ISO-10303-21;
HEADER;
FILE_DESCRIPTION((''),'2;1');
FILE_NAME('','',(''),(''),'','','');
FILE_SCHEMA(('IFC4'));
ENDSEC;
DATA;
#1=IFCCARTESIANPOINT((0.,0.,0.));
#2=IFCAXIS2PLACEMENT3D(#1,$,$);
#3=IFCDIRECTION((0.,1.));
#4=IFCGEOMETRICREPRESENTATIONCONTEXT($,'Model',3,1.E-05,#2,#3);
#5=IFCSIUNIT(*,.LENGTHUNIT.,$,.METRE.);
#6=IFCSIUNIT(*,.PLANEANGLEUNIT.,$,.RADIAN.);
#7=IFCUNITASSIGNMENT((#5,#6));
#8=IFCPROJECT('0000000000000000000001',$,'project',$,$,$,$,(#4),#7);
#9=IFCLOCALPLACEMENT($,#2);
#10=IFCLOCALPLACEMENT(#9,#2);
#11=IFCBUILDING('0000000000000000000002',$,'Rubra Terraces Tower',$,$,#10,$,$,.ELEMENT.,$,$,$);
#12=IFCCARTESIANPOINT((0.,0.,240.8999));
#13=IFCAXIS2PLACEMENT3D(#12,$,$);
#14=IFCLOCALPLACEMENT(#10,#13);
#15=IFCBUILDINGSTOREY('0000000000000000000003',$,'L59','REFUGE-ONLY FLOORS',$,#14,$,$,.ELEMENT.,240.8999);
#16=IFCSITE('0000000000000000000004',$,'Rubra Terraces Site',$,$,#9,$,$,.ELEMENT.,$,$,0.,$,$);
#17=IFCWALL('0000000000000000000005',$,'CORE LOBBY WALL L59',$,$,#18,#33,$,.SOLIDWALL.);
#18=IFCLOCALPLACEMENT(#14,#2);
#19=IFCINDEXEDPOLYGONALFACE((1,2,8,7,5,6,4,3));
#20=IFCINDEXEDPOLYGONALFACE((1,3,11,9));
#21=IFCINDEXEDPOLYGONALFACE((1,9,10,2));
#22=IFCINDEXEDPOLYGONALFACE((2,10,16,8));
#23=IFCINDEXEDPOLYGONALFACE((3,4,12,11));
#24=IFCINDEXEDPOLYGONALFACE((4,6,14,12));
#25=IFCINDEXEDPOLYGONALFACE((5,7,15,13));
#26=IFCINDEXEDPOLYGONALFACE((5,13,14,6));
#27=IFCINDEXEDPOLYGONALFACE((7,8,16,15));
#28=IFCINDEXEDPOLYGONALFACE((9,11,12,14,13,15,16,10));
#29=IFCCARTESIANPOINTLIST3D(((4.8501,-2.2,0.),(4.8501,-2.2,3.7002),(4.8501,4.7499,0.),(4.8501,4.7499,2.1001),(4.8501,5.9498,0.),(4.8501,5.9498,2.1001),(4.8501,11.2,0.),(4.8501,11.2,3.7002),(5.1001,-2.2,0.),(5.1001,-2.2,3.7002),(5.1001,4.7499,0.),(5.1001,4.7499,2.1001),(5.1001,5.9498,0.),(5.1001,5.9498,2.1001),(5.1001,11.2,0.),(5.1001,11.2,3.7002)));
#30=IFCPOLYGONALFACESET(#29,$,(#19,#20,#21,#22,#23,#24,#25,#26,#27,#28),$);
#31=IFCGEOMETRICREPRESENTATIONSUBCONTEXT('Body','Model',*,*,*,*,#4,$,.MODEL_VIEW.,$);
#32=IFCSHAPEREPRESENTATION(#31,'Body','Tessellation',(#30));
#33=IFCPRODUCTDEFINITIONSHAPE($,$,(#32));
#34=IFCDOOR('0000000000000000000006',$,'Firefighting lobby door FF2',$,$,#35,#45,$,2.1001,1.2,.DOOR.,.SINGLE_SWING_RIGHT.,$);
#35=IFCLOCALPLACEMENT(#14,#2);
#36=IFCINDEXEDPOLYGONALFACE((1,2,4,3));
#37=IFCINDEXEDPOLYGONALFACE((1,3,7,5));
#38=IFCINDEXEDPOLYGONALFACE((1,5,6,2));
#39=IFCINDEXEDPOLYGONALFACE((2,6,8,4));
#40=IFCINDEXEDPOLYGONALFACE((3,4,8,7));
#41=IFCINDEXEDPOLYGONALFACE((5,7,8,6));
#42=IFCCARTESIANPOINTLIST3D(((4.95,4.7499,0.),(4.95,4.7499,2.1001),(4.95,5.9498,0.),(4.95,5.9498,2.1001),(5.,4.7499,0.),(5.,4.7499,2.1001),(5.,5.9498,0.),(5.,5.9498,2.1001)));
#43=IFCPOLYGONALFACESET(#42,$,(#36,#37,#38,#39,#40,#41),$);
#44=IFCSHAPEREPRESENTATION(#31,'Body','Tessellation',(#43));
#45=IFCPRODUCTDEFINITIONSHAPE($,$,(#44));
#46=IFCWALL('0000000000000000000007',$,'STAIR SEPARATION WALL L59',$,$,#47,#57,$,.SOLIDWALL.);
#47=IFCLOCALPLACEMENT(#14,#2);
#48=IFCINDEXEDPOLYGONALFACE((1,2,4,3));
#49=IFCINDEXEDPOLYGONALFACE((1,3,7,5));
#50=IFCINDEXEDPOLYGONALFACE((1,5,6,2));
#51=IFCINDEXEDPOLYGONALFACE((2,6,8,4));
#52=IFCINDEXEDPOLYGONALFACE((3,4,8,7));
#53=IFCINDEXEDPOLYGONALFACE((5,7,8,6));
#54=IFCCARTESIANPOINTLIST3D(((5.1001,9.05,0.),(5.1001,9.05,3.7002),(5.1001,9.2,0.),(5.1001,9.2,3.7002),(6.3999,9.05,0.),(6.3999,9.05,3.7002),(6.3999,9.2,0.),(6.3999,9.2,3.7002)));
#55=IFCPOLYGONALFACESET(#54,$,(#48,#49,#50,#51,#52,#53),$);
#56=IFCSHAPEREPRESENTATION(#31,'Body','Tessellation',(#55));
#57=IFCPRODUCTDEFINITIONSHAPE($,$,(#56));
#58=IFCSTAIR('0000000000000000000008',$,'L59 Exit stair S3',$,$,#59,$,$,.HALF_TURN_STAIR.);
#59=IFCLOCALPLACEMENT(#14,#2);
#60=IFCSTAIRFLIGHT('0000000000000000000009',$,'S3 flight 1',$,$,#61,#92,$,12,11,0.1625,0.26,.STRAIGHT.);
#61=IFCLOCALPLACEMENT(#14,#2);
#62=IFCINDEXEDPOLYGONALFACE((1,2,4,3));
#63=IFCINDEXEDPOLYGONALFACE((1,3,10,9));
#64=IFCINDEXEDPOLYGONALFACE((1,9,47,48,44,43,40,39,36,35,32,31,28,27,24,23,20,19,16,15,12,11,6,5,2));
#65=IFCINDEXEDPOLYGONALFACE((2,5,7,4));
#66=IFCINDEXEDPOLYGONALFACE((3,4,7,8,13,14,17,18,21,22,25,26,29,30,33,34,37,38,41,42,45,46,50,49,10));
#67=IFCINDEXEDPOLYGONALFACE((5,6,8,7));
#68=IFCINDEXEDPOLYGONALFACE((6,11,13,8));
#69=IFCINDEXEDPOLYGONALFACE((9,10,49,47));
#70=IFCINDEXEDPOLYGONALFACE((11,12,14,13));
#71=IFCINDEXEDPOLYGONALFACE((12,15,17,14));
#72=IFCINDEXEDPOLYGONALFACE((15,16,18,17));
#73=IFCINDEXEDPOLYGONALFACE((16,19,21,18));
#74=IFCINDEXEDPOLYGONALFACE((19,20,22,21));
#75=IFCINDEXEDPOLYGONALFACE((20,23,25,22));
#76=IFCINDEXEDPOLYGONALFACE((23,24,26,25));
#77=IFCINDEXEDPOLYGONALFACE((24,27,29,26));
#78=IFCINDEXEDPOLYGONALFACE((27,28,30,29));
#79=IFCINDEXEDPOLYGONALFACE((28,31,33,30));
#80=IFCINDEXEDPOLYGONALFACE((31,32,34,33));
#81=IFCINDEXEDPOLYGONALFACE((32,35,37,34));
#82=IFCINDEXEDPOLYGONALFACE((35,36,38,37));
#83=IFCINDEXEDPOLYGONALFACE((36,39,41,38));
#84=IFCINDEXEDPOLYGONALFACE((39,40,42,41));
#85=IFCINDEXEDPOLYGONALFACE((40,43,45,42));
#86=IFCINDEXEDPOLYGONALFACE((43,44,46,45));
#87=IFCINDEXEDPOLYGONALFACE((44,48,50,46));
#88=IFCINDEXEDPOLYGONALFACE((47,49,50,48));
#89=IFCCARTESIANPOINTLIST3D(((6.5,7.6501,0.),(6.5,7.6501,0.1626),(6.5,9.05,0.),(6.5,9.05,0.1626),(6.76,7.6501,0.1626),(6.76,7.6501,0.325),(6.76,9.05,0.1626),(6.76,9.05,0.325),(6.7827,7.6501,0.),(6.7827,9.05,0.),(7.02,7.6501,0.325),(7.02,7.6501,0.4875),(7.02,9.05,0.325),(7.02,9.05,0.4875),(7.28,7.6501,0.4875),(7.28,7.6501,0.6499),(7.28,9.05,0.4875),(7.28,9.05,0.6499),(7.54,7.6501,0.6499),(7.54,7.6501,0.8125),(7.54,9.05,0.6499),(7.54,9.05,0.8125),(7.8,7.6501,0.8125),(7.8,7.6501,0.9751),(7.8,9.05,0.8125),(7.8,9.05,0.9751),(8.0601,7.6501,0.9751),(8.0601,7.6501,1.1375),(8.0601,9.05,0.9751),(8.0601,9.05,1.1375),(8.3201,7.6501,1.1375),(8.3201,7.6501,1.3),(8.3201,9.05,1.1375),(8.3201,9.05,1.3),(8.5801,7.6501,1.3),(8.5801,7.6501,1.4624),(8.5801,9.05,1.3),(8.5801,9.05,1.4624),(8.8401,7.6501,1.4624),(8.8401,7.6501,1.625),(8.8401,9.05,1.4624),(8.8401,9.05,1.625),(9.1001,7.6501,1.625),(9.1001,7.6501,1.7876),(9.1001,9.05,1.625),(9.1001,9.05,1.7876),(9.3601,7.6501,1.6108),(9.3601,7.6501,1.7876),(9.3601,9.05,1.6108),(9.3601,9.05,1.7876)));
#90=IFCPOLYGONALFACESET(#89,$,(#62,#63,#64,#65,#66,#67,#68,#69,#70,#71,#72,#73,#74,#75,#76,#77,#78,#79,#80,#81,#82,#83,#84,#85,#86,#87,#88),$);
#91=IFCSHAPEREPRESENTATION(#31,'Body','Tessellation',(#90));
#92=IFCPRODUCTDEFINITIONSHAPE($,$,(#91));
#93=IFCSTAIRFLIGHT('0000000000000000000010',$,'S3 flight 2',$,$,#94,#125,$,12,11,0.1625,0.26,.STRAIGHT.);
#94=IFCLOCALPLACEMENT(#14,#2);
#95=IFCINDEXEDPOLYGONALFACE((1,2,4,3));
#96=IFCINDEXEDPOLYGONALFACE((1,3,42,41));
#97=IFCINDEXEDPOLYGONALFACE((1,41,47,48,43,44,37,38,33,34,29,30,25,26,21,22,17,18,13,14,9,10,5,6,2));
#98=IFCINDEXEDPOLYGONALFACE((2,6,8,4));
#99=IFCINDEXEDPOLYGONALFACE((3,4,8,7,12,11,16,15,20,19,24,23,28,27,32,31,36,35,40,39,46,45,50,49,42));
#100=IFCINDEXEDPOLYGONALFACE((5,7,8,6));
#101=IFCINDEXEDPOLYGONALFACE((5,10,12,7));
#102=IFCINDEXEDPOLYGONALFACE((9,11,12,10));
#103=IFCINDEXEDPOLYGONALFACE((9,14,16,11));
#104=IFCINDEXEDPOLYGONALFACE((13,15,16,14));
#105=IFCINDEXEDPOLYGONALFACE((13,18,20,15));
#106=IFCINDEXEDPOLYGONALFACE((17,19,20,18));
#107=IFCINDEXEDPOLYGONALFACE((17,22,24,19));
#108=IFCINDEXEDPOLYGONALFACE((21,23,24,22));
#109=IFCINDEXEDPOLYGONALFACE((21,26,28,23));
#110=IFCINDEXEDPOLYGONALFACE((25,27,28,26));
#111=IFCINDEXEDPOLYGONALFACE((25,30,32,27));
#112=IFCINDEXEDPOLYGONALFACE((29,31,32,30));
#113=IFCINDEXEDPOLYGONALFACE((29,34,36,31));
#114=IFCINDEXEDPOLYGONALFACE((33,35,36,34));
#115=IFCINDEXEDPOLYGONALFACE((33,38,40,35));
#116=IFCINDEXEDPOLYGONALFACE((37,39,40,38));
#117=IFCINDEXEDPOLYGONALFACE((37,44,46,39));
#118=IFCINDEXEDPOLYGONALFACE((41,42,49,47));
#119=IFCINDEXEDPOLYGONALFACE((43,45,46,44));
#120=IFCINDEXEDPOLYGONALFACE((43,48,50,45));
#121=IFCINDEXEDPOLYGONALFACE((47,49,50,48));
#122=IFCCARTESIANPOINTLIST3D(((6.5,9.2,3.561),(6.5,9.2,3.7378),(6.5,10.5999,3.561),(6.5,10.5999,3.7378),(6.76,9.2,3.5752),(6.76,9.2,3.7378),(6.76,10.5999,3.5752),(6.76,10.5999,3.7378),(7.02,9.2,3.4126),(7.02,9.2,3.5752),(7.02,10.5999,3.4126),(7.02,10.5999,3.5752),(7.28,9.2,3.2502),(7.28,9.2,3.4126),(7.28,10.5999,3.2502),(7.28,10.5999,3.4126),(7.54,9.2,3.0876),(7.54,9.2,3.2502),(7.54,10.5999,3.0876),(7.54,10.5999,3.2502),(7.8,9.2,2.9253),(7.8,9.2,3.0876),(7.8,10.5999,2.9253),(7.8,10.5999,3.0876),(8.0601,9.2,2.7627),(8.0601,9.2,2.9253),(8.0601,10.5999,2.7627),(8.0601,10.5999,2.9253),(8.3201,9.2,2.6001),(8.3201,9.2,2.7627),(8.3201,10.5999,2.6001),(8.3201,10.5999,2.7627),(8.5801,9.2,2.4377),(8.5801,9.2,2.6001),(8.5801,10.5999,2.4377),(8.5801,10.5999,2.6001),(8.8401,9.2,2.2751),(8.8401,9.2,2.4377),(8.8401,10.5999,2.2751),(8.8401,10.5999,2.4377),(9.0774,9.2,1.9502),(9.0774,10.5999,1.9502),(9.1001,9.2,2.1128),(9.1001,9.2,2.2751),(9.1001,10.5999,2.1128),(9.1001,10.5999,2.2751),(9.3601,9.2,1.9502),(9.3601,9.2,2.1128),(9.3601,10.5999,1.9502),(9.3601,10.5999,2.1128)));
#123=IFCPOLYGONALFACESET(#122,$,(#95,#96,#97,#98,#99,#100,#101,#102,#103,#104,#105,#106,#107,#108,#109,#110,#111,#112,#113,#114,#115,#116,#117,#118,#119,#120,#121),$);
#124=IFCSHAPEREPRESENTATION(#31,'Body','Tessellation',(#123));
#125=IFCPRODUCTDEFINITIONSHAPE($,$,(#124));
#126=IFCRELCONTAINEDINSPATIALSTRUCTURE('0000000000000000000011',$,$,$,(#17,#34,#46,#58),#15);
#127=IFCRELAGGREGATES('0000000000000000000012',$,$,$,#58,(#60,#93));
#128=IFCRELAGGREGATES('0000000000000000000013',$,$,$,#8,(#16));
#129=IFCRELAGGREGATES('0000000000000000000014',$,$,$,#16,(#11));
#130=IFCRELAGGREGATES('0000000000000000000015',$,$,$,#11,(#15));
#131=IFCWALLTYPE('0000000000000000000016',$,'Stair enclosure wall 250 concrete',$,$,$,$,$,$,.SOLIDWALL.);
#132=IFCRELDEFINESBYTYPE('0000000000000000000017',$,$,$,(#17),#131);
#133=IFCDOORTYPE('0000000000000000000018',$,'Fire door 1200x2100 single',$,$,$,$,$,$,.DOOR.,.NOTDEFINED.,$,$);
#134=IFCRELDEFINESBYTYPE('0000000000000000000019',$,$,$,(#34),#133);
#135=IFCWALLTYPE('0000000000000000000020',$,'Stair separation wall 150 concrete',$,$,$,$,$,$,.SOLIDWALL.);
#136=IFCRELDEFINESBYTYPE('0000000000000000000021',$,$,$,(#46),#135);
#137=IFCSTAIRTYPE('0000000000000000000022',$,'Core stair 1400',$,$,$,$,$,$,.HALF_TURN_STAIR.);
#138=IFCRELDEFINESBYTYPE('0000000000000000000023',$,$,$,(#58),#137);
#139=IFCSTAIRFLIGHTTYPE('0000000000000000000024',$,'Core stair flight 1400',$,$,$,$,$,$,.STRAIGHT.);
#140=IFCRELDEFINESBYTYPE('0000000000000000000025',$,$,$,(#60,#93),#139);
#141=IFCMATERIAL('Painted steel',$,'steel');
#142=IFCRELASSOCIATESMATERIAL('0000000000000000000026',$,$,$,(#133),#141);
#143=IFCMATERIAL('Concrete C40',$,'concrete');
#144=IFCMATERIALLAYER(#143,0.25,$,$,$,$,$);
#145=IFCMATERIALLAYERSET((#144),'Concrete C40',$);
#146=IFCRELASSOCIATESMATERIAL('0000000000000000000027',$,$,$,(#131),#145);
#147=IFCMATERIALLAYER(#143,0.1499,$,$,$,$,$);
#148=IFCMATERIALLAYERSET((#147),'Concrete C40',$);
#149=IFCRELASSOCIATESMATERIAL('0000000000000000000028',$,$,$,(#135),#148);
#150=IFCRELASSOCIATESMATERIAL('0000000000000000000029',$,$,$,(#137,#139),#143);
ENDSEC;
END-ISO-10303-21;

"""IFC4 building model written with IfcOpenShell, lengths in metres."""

from ifc_helpers import new_model, si_unit, direction, frame, frame_2d, origin, place, context, subcontext, project, spatial, polyline, rectangle, outline, extrude, material, layer, layer_set, type_object, element, fill, aggregate, save


model = new_model("IFC4")

# Units and contexts
model_context = context("Model", 3, precision=1e-05, world=origin(), true_north=direction((0.0, 1.0)))
body_context = subcontext(model_context, "Body", "Model", "MODEL_VIEW")
ifc_project = project(units=[si_unit("LENGTHUNIT", "METRE"), si_unit("PLANEANGLEUNIT", "RADIAN")], contexts=[model_context])

# Site, building, storey
site_placement = place(None, origin())
site = spatial("IfcSite", under=ifc_project, at=site_placement, Name="Rubra Terraces Site", CompositionType="ELEMENT", RefElevation=0.0)
building_placement = place(site_placement, origin())
building = spatial("IfcBuilding", under=site, at=building_placement, Name="Rubra Terraces Tower", CompositionType="ELEMENT")
storey_placement = place(building_placement, frame((0.0, 0.0, 240.8999)))
storey = spatial("IfcBuildingStorey", under=building, at=storey_placement, Name="L59", Description="REFUGE-ONLY FLOORS", CompositionType="ELEMENT", Elevation=240.8999)

# Shared definitions
ifc_material_1 = material(Name="Concrete C40", Category="concrete")

# Shared definitions
ifc_material_2 = material(Name="Painted steel", Category="steel")
door_type_1 = type_object("IfcDoorType", Name="Fire door 1200x2100 single", OperationType="NOTDEFINED", PredefinedType="DOOR", material=ifc_material_2)

# Wall, opening, door
ifc_layer_1 = layer(ifc_material_1, 0.25)
ifc_layer_set_1 = layer_set([ifc_layer_1], Name="Concrete C40")
wall_type_1 = type_object("IfcWallType", Name="Stair enclosure wall 250 concrete", PredefinedType="SOLIDWALL", material=ifc_layer_set_1)
wall_1_placement = place(storey_placement, frame((4.9751, 11.2, 0.0), z_axis=(0.0, 0.0, 1.0), x_axis=(0.0, -1.0, 0.0)))
wall_1 = element("IfcWall", 1, at=wall_1_placement, inside=storey, type_object=wall_type_1, Name="CORE LOBBY WALL L59", PredefinedType="SOLIDWALL", context=body_context, shape_type="SweptSolid", body=[
    extrude(rectangle(XDim=13.3999, YDim=0.25, at=frame_2d((6.7, 0.0))), origin(), (0.0, 0.0, 1.0), 3.7002),
])
opening_1_placement = place(wall_1_placement, frame((5.25, 0.0, 0.0)))
opening_1 = element("IfcOpeningElement", 2, at=opening_1_placement, cuts=wall_1, PredefinedType="OPENING", context=body_context, shape_type="SweptSolid", body=[
    extrude(rectangle(XDim=1.2, YDim=2.1001, at=frame_2d((0.6001, 1.05))), frame((0.0, 0.135, 0.0), z_axis=(0.0, -1.0, 0.0), x_axis=(1.0, 0.0, 0.0)), (0.0, 0.0, 1.0), 0.27),
])
door_1_placement = place(opening_1_placement, origin())
door_1 = element("IfcDoor", 3, at=door_1_placement, inside=storey, type_object=door_type_1, Name="Firefighting lobby door FF2", OperationType="SINGLE_SWING_RIGHT", OverallHeight=2.1001, OverallWidth=1.2, PredefinedType="DOOR", context=body_context, shape_type="SweptSolid", body=[
    extrude(rectangle(XDim=1.2, YDim=2.1001, at=frame_2d((0.6001, 1.05))), frame((0.0, 0.0249, 0.0), z_axis=(0.0, -1.0, 0.0), x_axis=(1.0, 0.0, 0.0)), (0.0, 0.0, 1.0), 0.05),
])
fill(opening_1, door_1)

# Wall
ifc_layer_2 = layer(ifc_material_1, 0.1499)
ifc_layer_set_2 = layer_set([ifc_layer_2], Name="Concrete C40")
wall_type_2 = type_object("IfcWallType", Name="Stair separation wall 150 concrete", PredefinedType="SOLIDWALL", material=ifc_layer_set_2)
wall_2_placement = place(storey_placement, frame((6.3999, 9.125, 0.0), z_axis=(0.0, 0.0, 1.0), x_axis=(-1.0, 0.0, 0.0)))
element("IfcWall", 4, at=wall_2_placement, inside=storey, type_object=wall_type_2, Name="STAIR SEPARATION WALL L59", PredefinedType="SOLIDWALL", context=body_context, shape_type="SweptSolid", body=[
    extrude(rectangle(XDim=1.2998, YDim=0.1499, at=frame_2d((0.6499, 0.0))), origin(), (0.0, 0.0, 1.0), 3.7002),
])

# Stair, stair flights
stair_type = type_object("IfcStairType", Name="Core stair 1400", PredefinedType="HALF_TURN_STAIR", material=ifc_material_1)
stair_placement = place(storey_placement, origin())
stair = element("IfcStair", 5, at=stair_placement, inside=storey, type_object=stair_type, Name="L59 Exit stair S3", PredefinedType="HALF_TURN_STAIR")
stair_flight_type = type_object("IfcStairFlightType", Name="Core stair flight 1400", PredefinedType="STRAIGHT", material=ifc_material_1)
stair_flight_1_placement = place(storey_placement, frame((6.5, 8.3501, 0.0), z_axis=(0.0, 0.0, 1.0), x_axis=(1.0, 0.0, 0.0)))
stair_flight_1 = element("IfcStairFlight", 6, at=stair_flight_1_placement, type_object=stair_flight_type, Name="S3 flight 1", NumberOfRisers=12, NumberOfTreads=11, PredefinedType="STRAIGHT", RiserHeight=0.1625, TreadLength=0.26, context=body_context, shape_type="SweptSolid", body=[
    extrude(outline(polyline([(0.0, 0.0), (0.0, 0.1626), (0.26, 0.1626), (0.26, 0.325), (0.52, 0.325), (0.52, 0.4875), (0.78, 0.4875), (0.78, 0.6499), (1.04, 0.6499), (1.04, 0.8125), (1.3, 0.8125), (1.3, 0.9751), (1.5601, 0.9751), (1.5601, 1.1375), (1.8201, 1.1375), (1.8201, 1.3), (2.0801, 1.3), (2.0801, 1.4624), (2.3401, 1.4624), (2.3401, 1.625), (2.6001, 1.625), (2.6001, 1.7876), (2.8601, 1.7876), (2.8601, 1.95), (2.8601, 1.6108), (0.2827, 0.0), (0.0, 0.0)])), frame((0.0, 0.7, 0.0), z_axis=(0.0, -1.0, 0.0), x_axis=(1.0, 0.0, 0.0)), (0.0, 0.0, 1.0), 1.3999),
])
stair_flight_2_placement = place(storey_placement, frame((9.3601, 9.8999, 1.9502), z_axis=(0.0, 0.0, 1.0), x_axis=(-1.0, 0.0, 0.0)))
stair_flight_2 = element("IfcStairFlight", 7, at=stair_flight_2_placement, type_object=stair_flight_type, Name="S3 flight 2", NumberOfRisers=12, NumberOfTreads=11, PredefinedType="STRAIGHT", RiserHeight=0.1625, TreadLength=0.26, context=body_context, shape_type="SweptSolid", body=[
    extrude(outline(polyline([(0.0, 0.0), (0.0, 0.1626), (0.26, 0.1626), (0.26, 0.325), (0.52, 0.325), (0.52, 0.4875), (0.78, 0.4875), (0.78, 0.6499), (1.04, 0.6499), (1.04, 0.8125), (1.3, 0.8125), (1.3, 0.9751), (1.5601, 0.9751), (1.5601, 1.1375), (1.8201, 1.1375), (1.8201, 1.3), (2.0801, 1.3), (2.0801, 1.4624), (2.3401, 1.4624), (2.3401, 1.625), (2.6001, 1.625), (2.6001, 1.7876), (2.8601, 1.7876), (2.8601, 1.95), (2.8601, 1.6108), (0.2827, 0.0), (0.0, 0.0)])), frame((0.0, 0.7, 0.0), z_axis=(0.0, -1.0, 0.0), x_axis=(1.0, 0.0, 0.0)), (0.0, 0.0, 1.0), 1.3999),
])
aggregate(stair, [stair_flight_1, stair_flight_2])

save(model, "model.ifc")
